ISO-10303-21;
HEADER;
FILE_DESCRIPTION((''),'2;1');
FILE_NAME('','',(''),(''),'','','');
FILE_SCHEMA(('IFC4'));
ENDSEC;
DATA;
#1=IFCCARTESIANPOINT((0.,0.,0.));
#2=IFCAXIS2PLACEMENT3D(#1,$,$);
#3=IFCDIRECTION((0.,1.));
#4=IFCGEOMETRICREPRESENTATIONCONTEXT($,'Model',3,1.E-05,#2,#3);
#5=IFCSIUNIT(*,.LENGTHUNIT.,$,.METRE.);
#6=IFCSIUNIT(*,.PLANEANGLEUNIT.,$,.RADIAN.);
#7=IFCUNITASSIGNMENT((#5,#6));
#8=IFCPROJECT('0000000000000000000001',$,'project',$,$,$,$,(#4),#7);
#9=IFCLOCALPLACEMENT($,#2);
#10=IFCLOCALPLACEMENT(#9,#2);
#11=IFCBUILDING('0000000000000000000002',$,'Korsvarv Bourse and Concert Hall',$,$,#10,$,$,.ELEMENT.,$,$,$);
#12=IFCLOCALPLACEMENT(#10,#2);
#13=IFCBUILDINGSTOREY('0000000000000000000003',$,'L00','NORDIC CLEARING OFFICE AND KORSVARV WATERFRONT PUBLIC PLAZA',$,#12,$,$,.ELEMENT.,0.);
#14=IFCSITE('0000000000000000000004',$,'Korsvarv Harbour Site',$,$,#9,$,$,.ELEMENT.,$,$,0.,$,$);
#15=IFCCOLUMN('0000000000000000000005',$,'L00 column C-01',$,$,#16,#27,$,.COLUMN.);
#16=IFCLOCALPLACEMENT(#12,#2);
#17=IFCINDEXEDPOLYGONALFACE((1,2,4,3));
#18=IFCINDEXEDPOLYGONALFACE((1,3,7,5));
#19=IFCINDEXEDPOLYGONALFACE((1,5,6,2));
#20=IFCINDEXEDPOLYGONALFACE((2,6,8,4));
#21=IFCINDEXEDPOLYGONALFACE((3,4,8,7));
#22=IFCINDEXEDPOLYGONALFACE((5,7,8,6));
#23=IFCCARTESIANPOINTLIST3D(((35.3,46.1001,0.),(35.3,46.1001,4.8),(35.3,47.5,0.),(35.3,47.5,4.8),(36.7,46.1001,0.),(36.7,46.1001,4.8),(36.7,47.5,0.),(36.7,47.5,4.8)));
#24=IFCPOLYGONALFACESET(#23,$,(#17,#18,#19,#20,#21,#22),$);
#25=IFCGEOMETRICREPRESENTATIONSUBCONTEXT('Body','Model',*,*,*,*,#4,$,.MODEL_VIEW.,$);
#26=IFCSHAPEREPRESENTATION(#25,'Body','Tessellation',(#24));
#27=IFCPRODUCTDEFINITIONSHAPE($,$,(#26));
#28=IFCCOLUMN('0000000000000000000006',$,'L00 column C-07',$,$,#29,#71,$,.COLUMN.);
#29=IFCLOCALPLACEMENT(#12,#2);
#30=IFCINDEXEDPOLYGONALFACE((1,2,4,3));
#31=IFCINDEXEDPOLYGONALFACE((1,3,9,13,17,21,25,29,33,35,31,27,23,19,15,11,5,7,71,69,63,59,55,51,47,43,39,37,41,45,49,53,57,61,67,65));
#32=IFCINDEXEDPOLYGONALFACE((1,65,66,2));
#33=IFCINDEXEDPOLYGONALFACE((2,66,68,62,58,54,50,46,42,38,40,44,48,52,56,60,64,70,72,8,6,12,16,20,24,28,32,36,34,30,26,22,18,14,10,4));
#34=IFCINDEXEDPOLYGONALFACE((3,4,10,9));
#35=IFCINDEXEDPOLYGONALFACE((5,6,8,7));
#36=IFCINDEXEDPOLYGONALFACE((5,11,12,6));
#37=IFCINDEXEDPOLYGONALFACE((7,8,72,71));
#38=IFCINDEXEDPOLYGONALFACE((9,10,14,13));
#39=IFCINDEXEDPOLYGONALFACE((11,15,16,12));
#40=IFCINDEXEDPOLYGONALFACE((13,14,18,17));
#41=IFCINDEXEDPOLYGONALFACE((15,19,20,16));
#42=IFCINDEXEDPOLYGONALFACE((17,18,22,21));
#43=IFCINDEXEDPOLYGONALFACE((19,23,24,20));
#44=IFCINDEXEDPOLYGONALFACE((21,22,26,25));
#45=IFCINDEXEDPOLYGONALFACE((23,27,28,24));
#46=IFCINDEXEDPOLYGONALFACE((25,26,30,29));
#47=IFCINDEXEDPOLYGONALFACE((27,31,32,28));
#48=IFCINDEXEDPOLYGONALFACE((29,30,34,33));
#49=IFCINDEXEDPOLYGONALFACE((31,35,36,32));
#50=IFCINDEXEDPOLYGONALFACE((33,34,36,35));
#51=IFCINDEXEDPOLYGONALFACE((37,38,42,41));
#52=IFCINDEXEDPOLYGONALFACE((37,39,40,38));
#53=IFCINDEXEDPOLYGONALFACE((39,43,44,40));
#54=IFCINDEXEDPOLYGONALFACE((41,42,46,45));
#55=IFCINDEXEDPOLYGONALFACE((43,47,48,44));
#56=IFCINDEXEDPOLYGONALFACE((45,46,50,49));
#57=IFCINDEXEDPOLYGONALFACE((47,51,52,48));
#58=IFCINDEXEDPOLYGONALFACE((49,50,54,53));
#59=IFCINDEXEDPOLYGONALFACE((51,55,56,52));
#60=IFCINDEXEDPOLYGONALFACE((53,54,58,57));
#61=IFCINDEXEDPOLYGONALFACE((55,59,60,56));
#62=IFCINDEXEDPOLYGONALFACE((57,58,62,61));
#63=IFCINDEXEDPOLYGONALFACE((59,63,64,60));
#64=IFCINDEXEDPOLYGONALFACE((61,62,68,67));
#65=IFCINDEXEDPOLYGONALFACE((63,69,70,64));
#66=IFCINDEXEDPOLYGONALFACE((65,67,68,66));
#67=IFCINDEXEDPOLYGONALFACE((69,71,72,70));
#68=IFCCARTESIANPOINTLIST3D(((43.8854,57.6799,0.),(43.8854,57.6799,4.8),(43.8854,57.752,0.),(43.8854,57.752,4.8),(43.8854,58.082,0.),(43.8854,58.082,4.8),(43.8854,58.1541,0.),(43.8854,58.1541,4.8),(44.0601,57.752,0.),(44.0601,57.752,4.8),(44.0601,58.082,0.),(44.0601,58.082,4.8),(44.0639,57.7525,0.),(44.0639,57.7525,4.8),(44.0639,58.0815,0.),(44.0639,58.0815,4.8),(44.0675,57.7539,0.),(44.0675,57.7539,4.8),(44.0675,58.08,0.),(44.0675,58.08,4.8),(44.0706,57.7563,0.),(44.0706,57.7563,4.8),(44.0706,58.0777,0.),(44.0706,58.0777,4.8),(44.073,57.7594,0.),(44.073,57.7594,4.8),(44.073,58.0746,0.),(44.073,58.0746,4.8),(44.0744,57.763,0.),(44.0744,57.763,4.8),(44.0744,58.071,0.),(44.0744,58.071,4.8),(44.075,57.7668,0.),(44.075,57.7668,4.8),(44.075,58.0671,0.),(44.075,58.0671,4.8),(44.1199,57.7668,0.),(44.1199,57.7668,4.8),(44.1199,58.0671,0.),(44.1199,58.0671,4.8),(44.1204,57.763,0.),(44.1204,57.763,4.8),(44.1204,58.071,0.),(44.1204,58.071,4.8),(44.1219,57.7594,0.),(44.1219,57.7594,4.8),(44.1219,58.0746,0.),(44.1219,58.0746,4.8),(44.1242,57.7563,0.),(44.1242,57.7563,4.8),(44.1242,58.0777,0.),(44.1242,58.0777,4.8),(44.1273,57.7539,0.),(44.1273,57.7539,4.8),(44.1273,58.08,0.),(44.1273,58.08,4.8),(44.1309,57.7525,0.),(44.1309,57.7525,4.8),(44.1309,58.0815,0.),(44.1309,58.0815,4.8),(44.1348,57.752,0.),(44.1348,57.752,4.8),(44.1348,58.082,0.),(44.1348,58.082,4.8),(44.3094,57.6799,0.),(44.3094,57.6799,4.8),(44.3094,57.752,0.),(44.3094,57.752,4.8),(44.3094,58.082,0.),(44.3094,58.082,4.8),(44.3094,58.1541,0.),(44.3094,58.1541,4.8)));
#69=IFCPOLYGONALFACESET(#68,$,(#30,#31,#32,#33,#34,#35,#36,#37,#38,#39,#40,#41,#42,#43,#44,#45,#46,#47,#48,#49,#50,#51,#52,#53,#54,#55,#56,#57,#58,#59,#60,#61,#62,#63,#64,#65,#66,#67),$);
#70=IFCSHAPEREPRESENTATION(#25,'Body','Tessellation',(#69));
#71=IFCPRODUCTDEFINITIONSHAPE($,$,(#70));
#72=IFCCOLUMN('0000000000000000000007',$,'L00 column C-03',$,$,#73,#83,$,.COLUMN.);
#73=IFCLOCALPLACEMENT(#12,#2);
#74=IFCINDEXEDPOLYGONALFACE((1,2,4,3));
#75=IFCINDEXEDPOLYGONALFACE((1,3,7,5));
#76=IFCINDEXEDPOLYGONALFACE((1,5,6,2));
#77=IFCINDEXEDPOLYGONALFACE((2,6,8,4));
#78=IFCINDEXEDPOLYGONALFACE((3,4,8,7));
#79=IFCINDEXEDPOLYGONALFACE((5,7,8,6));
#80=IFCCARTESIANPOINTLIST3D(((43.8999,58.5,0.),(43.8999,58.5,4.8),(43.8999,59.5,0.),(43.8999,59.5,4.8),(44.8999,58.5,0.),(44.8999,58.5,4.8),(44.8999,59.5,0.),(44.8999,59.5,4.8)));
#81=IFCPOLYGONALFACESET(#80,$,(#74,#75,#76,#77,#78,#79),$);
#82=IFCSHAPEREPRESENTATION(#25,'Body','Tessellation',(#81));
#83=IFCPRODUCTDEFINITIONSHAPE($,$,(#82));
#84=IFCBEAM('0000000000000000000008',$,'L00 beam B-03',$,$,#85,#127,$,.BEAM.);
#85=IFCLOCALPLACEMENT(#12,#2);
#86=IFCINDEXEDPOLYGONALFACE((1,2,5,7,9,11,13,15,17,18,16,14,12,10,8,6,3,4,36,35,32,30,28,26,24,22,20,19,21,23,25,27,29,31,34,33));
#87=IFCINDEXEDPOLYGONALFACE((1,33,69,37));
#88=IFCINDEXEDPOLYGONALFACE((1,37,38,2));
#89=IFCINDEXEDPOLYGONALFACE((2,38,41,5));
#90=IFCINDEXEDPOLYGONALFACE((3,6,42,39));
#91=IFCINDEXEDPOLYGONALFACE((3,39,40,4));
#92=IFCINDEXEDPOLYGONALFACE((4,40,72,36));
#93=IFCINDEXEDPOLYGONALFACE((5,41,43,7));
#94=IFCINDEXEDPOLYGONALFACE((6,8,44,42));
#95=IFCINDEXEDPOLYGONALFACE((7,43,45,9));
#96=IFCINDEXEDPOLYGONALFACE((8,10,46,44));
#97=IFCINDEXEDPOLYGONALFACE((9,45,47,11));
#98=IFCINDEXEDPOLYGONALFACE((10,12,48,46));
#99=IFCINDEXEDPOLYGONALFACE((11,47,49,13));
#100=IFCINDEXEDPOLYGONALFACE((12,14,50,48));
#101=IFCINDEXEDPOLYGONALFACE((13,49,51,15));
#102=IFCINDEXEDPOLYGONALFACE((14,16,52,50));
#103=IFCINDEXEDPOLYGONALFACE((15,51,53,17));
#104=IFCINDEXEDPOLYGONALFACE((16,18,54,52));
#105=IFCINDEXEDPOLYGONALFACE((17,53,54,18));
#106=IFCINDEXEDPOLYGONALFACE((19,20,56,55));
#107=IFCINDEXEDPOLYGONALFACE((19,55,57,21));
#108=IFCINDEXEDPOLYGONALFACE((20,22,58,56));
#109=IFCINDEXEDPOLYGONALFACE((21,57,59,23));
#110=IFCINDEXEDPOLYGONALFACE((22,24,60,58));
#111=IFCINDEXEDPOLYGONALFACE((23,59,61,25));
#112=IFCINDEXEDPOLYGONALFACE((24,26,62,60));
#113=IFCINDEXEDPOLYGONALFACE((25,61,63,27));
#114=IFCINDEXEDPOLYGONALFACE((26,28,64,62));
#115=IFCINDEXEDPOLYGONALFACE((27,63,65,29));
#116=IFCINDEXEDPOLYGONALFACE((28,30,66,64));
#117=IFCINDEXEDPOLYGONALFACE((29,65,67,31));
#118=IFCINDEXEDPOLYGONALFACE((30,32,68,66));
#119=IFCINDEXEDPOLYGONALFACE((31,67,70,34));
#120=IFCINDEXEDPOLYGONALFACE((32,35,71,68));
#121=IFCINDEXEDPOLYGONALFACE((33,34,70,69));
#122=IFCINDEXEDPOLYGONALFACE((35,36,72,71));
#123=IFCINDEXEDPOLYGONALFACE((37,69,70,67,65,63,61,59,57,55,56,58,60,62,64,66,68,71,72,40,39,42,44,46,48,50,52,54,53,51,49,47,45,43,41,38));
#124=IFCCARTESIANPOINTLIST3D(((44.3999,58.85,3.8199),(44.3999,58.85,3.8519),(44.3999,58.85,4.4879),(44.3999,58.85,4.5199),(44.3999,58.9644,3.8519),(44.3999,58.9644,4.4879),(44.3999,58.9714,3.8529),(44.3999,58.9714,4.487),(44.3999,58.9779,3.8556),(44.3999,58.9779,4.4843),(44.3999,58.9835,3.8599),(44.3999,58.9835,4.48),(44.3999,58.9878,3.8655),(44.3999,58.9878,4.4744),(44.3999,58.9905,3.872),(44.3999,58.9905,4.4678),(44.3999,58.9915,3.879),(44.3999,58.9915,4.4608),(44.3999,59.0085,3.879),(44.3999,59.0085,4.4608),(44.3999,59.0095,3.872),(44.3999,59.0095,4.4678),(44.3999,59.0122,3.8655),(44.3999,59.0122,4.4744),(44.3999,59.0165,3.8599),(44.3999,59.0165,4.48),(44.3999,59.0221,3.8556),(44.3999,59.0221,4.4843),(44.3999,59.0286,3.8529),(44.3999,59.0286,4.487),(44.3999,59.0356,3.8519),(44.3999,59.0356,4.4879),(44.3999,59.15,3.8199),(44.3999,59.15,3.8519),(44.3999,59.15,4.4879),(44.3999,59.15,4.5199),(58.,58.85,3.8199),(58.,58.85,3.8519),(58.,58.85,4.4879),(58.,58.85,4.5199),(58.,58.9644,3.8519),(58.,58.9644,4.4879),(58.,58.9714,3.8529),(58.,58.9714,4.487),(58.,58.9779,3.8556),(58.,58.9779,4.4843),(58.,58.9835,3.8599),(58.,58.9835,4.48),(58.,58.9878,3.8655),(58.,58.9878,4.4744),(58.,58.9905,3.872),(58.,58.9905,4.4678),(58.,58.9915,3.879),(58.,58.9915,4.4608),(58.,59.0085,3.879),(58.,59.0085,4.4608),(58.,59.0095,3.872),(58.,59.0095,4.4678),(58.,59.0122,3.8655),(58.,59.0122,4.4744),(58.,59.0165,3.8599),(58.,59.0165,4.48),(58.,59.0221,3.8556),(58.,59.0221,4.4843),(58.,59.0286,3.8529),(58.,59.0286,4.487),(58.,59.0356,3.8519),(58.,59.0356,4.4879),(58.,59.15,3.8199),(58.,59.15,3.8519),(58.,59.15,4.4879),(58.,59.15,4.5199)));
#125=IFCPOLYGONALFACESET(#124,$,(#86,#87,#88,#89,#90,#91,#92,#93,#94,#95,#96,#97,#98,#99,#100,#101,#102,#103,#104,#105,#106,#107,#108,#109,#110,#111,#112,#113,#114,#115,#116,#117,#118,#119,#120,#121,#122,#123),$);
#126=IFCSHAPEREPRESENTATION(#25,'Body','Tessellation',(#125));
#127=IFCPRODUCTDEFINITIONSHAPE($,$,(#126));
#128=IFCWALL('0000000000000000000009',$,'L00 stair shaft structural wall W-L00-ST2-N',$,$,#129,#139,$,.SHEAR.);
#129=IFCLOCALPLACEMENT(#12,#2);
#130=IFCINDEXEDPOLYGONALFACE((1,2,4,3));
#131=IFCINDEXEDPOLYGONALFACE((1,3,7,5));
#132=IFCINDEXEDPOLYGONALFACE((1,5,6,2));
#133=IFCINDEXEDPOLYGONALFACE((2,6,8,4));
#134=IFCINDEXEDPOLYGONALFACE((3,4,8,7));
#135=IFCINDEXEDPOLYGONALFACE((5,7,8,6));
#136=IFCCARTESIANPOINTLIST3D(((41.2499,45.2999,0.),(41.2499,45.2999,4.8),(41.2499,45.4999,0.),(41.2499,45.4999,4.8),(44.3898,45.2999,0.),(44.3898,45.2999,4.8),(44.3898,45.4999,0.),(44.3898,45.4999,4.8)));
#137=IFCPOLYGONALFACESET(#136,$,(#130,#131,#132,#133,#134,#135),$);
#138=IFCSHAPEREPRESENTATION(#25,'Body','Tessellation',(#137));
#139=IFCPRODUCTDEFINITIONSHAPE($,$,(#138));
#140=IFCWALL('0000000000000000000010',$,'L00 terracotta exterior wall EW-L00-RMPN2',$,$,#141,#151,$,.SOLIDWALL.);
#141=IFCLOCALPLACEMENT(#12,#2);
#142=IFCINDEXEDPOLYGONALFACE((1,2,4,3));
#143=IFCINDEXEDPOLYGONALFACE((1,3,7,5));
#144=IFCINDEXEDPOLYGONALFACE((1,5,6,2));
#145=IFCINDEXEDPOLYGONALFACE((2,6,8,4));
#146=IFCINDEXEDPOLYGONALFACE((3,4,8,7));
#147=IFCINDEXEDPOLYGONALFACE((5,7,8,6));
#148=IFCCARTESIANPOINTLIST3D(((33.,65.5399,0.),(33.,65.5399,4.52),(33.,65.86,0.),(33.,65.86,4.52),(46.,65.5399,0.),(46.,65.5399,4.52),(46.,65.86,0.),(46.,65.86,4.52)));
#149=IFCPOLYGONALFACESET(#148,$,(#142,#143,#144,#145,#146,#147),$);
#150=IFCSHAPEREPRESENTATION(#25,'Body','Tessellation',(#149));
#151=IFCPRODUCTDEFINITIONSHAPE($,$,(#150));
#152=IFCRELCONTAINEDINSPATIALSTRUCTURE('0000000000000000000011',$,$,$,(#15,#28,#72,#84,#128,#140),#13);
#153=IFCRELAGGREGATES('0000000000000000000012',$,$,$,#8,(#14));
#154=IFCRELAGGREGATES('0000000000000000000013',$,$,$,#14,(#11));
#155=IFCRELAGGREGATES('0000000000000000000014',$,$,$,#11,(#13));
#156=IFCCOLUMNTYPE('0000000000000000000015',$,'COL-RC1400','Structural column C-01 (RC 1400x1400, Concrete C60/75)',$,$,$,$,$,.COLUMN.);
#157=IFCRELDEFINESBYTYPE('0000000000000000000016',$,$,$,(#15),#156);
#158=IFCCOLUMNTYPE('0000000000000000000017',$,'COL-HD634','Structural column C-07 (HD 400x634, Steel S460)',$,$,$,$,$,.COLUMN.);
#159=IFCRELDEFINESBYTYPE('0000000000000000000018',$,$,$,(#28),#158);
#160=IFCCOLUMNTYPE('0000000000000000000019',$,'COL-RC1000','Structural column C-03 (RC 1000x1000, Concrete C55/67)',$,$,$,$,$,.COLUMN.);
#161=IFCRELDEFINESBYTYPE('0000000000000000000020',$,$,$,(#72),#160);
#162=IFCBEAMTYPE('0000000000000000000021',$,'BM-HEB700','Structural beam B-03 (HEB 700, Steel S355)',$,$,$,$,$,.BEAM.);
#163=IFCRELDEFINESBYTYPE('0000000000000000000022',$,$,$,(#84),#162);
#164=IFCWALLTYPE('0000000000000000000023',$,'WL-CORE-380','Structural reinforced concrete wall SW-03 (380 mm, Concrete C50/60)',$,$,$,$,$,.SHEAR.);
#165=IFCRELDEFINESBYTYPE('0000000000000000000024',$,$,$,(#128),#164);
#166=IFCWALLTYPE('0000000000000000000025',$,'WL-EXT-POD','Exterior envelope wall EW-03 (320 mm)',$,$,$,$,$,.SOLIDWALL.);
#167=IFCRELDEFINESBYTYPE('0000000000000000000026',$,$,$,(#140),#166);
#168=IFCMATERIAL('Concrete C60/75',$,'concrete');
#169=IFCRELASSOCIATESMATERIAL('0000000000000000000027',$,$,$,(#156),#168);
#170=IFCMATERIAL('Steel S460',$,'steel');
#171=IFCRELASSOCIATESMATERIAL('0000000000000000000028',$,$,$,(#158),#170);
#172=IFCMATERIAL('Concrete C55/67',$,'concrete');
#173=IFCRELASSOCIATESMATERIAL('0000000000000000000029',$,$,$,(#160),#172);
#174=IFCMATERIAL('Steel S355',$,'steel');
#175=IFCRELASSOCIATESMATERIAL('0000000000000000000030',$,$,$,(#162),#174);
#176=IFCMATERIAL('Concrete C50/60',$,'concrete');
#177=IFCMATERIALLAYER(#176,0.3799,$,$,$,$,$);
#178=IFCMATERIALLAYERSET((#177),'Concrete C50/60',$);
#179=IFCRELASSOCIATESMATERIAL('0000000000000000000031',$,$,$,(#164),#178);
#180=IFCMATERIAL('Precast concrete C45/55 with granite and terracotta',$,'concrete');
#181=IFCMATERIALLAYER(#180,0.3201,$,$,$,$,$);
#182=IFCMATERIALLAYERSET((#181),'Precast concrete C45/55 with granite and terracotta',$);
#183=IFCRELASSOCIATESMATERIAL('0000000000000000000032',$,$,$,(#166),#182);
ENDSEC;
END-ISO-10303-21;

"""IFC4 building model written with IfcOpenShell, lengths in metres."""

from ifc_helpers import new_model, si_unit, direction, frame, frame_2d, origin, origin_2d, place, context, subcontext, project, spatial, rectangle, i_section, extrude, source, transform, mapped, material, layer, layer_set, material_profile, profile_set, type_object, element, save


model = new_model("IFC4")

# Units and contexts
model_context = context("Model", 3, precision=1e-05, world=origin(), true_north=direction((0.0, 1.0)))
body_context = subcontext(model_context, "Body", "Model", "MODEL_VIEW")
ifc_project = project(units=[si_unit("LENGTHUNIT", "METRE"), si_unit("PLANEANGLEUNIT", "RADIAN")], contexts=[model_context])

# Site, building, storey
site_placement = place(None, origin())
site = spatial("IfcSite", under=ifc_project, at=site_placement, Name="Korsvarv Harbour Site", CompositionType="ELEMENT", RefElevation=0.0)
building_placement = place(site_placement, origin())
building = spatial("IfcBuilding", under=site, at=building_placement, Name="Korsvarv Bourse and Concert Hall", CompositionType="ELEMENT")
storey_placement = place(building_placement, origin())
storey = spatial("IfcBuildingStorey", under=building, at=storey_placement, Name="L00", Description="NORDIC CLEARING OFFICE AND KORSVARV WATERFRONT PUBLIC PLAZA", CompositionType="ELEMENT", Elevation=0.0)

# Columns
ifc_material_1 = material(Name="Concrete C60/75", Category="concrete")
ifc_material_profile_1 = material_profile(ifc_material_1, rectangle(XDim=1.3999, YDim=1.3999, at=origin_2d()), Name="RC 1400x1400")
ifc_profile_set_1 = profile_set([ifc_material_profile_1], Name="Concrete C60/75")
column_type_1 = type_object("IfcColumnType", Name="COL-RC1400", Description="Structural column C-01 (RC 1400x1400, Concrete C60/75)", PredefinedType="COLUMN", material=ifc_profile_set_1)
shared_shape_1 = source(origin(), body_context, "Body", "SweptSolid", [
    extrude(rectangle(XDim=1.3999, YDim=1.3999, at=origin_2d()), origin(), (0.0, 0.0, 1.0), 4.8),
])
column_1_placement = place(storey_placement, frame((36.0, 46.8, 0.0), z_axis=(0.0, 0.0, 1.0), x_axis=(1.0, 0.0, 0.0)))
element("IfcColumn", 1, at=column_1_placement, inside=storey, type_object=column_type_1, Name="L00 column C-01", PredefinedType="COLUMN", context=body_context, shape_type="MappedRepresentation", body=[
    mapped(shared_shape_1, transform((0.0, 0.0, 0.0), scale=1.0)),
])
ifc_material_2 = material(Name="Steel S460", Category="steel")
ifc_material_profile_2 = material_profile(ifc_material_2, i_section(OverallWidth=0.4241, OverallDepth=0.4741, WebThickness=0.0449, FlangeThickness=0.072, FilletRadius=0.0149, at=origin_2d()), Name="HD 400x634")
ifc_profile_set_2 = profile_set([ifc_material_profile_2], Name="Steel S460")
column_type_2 = type_object("IfcColumnType", Name="COL-HD634", Description="Structural column C-07 (HD 400x634, Steel S460)", PredefinedType="COLUMN", material=ifc_profile_set_2)
shared_shape_2 = source(origin(), body_context, "Body", "SweptSolid", [
    extrude(i_section(OverallWidth=0.4241, OverallDepth=0.4741, WebThickness=0.0449, FlangeThickness=0.072, FilletRadius=0.0149, at=origin_2d()), origin(), (0.0, 0.0, 1.0), 4.8),
])
column_2_placement = place(storey_placement, frame((44.0974, 57.917, 0.0), z_axis=(0.0, 0.0, 1.0), x_axis=(1.0, 0.0, 0.0)))
element("IfcColumn", 2, at=column_2_placement, inside=storey, type_object=column_type_2, Name="L00 column C-07", PredefinedType="COLUMN", context=body_context, shape_type="MappedRepresentation", body=[
    mapped(shared_shape_2, transform((0.0, 0.0, 0.0), scale=1.0)),
])
ifc_material_3 = material(Name="Concrete C55/67", Category="concrete")
ifc_material_profile_3 = material_profile(ifc_material_3, rectangle(XDim=1.0, YDim=1.0, at=origin_2d()), Name="RC 1000x1000")
ifc_profile_set_3 = profile_set([ifc_material_profile_3], Name="Concrete C55/67")
column_type_3 = type_object("IfcColumnType", Name="COL-RC1000", Description="Structural column C-03 (RC 1000x1000, Concrete C55/67)", PredefinedType="COLUMN", material=ifc_profile_set_3)
shared_shape_3 = source(origin(), body_context, "Body", "SweptSolid", [
    extrude(rectangle(XDim=1.0, YDim=1.0, at=origin_2d()), origin(), (0.0, 0.0, 1.0), 4.8),
])
column_3_placement = place(storey_placement, frame((44.3999, 59.0, 0.0), z_axis=(0.0, 0.0, 1.0), x_axis=(1.0, 0.0, 0.0)))
element("IfcColumn", 3, at=column_3_placement, inside=storey, type_object=column_type_3, Name="L00 column C-03", PredefinedType="COLUMN", context=body_context, shape_type="MappedRepresentation", body=[
    mapped(shared_shape_3, transform((0.0, 0.0, 0.0), scale=1.0)),
])

# Beam
ifc_material_4 = material(Name="Steel S355", Category="steel")
ifc_material_profile_4 = material_profile(ifc_material_4, i_section(OverallWidth=0.3, OverallDepth=0.7, WebThickness=0.0171, FlangeThickness=0.032, FilletRadius=0.0271, at=origin_2d()), Name="HEB 700")
ifc_profile_set_4 = profile_set([ifc_material_profile_4], Name="Steel S355")
beam_type = type_object("IfcBeamType", Name="BM-HEB700", Description="Structural beam B-03 (HEB 700, Steel S355)", PredefinedType="BEAM", material=ifc_profile_set_4)
shared_shape_4 = source(origin(), body_context, "Body", "SweptSolid", [
    extrude(i_section(OverallWidth=0.3, OverallDepth=0.7, WebThickness=0.0171, FlangeThickness=0.032, FilletRadius=0.0271, at=origin_2d()), origin(), (0.0, 0.0, 1.0), 13.6001),
])
beam_placement = place(storey_placement, frame((44.3999, 59.0, 4.1699), z_axis=(1.0, 0.0, 0.0), x_axis=(0.0, 1.0, 0.0)))
element("IfcBeam", 4, at=beam_placement, inside=storey, type_object=beam_type, Name="L00 beam B-03", PredefinedType="BEAM", context=body_context, shape_type="MappedRepresentation", body=[
    mapped(shared_shape_4, transform((0.0, 0.0, 0.0), scale=1.0)),
])

# Walls
ifc_material_5 = material(Name="Concrete C50/60", Category="concrete")
ifc_layer_1 = layer(ifc_material_5, 0.3799)
ifc_layer_set_1 = layer_set([ifc_layer_1], Name="Concrete C50/60")
wall_type_1 = type_object("IfcWallType", Name="WL-CORE-380", Description="Structural reinforced concrete wall SW-03 (380 mm, Concrete C50/60)", PredefinedType="SHEAR", material=ifc_layer_set_1)
wall_1_placement = place(storey_placement, frame((41.25, 45.3999, 0.0), z_axis=(0.0, 0.0, 1.0), x_axis=(1.0, 0.0, 0.0)))
element("IfcWall", 5, at=wall_1_placement, inside=storey, type_object=wall_type_1, Name="L00 stair shaft structural wall W-L00-ST2-N", PredefinedType="SHEAR", context=body_context, shape_type="SweptSolid", body=[
    extrude(rectangle(XDim=3.1399, YDim=0.2, at=frame_2d((1.5698, 0.0))), origin(), (0.0, 0.0, 1.0), 4.8),
])
ifc_material_6 = material(Name="Precast concrete C45/55 with granite and terracotta", Category="concrete")
ifc_layer_2 = layer(ifc_material_6, 0.3201)
ifc_layer_set_2 = layer_set([ifc_layer_2], Name="Precast concrete C45/55 with granite and terracotta")
wall_type_2 = type_object("IfcWallType", Name="WL-EXT-POD", Description="Exterior envelope wall EW-03 (320 mm)", PredefinedType="SOLIDWALL", material=ifc_layer_set_2)
wall_2_placement = place(storey_placement, frame((33.0, 65.7, 0.0), z_axis=(0.0, 0.0, 1.0), x_axis=(1.0, 0.0, 0.0)))
element("IfcWall", 6, at=wall_2_placement, inside=storey, type_object=wall_type_2, Name="L00 terracotta exterior wall EW-L00-RMPN2", PredefinedType="SOLIDWALL", context=body_context, shape_type="SweptSolid", body=[
    extrude(rectangle(XDim=13.0, YDim=0.3201, at=frame_2d((6.5, 0.0))), origin(), (0.0, 0.0, 1.0), 4.52),
])

save(model, "model.ifc")
